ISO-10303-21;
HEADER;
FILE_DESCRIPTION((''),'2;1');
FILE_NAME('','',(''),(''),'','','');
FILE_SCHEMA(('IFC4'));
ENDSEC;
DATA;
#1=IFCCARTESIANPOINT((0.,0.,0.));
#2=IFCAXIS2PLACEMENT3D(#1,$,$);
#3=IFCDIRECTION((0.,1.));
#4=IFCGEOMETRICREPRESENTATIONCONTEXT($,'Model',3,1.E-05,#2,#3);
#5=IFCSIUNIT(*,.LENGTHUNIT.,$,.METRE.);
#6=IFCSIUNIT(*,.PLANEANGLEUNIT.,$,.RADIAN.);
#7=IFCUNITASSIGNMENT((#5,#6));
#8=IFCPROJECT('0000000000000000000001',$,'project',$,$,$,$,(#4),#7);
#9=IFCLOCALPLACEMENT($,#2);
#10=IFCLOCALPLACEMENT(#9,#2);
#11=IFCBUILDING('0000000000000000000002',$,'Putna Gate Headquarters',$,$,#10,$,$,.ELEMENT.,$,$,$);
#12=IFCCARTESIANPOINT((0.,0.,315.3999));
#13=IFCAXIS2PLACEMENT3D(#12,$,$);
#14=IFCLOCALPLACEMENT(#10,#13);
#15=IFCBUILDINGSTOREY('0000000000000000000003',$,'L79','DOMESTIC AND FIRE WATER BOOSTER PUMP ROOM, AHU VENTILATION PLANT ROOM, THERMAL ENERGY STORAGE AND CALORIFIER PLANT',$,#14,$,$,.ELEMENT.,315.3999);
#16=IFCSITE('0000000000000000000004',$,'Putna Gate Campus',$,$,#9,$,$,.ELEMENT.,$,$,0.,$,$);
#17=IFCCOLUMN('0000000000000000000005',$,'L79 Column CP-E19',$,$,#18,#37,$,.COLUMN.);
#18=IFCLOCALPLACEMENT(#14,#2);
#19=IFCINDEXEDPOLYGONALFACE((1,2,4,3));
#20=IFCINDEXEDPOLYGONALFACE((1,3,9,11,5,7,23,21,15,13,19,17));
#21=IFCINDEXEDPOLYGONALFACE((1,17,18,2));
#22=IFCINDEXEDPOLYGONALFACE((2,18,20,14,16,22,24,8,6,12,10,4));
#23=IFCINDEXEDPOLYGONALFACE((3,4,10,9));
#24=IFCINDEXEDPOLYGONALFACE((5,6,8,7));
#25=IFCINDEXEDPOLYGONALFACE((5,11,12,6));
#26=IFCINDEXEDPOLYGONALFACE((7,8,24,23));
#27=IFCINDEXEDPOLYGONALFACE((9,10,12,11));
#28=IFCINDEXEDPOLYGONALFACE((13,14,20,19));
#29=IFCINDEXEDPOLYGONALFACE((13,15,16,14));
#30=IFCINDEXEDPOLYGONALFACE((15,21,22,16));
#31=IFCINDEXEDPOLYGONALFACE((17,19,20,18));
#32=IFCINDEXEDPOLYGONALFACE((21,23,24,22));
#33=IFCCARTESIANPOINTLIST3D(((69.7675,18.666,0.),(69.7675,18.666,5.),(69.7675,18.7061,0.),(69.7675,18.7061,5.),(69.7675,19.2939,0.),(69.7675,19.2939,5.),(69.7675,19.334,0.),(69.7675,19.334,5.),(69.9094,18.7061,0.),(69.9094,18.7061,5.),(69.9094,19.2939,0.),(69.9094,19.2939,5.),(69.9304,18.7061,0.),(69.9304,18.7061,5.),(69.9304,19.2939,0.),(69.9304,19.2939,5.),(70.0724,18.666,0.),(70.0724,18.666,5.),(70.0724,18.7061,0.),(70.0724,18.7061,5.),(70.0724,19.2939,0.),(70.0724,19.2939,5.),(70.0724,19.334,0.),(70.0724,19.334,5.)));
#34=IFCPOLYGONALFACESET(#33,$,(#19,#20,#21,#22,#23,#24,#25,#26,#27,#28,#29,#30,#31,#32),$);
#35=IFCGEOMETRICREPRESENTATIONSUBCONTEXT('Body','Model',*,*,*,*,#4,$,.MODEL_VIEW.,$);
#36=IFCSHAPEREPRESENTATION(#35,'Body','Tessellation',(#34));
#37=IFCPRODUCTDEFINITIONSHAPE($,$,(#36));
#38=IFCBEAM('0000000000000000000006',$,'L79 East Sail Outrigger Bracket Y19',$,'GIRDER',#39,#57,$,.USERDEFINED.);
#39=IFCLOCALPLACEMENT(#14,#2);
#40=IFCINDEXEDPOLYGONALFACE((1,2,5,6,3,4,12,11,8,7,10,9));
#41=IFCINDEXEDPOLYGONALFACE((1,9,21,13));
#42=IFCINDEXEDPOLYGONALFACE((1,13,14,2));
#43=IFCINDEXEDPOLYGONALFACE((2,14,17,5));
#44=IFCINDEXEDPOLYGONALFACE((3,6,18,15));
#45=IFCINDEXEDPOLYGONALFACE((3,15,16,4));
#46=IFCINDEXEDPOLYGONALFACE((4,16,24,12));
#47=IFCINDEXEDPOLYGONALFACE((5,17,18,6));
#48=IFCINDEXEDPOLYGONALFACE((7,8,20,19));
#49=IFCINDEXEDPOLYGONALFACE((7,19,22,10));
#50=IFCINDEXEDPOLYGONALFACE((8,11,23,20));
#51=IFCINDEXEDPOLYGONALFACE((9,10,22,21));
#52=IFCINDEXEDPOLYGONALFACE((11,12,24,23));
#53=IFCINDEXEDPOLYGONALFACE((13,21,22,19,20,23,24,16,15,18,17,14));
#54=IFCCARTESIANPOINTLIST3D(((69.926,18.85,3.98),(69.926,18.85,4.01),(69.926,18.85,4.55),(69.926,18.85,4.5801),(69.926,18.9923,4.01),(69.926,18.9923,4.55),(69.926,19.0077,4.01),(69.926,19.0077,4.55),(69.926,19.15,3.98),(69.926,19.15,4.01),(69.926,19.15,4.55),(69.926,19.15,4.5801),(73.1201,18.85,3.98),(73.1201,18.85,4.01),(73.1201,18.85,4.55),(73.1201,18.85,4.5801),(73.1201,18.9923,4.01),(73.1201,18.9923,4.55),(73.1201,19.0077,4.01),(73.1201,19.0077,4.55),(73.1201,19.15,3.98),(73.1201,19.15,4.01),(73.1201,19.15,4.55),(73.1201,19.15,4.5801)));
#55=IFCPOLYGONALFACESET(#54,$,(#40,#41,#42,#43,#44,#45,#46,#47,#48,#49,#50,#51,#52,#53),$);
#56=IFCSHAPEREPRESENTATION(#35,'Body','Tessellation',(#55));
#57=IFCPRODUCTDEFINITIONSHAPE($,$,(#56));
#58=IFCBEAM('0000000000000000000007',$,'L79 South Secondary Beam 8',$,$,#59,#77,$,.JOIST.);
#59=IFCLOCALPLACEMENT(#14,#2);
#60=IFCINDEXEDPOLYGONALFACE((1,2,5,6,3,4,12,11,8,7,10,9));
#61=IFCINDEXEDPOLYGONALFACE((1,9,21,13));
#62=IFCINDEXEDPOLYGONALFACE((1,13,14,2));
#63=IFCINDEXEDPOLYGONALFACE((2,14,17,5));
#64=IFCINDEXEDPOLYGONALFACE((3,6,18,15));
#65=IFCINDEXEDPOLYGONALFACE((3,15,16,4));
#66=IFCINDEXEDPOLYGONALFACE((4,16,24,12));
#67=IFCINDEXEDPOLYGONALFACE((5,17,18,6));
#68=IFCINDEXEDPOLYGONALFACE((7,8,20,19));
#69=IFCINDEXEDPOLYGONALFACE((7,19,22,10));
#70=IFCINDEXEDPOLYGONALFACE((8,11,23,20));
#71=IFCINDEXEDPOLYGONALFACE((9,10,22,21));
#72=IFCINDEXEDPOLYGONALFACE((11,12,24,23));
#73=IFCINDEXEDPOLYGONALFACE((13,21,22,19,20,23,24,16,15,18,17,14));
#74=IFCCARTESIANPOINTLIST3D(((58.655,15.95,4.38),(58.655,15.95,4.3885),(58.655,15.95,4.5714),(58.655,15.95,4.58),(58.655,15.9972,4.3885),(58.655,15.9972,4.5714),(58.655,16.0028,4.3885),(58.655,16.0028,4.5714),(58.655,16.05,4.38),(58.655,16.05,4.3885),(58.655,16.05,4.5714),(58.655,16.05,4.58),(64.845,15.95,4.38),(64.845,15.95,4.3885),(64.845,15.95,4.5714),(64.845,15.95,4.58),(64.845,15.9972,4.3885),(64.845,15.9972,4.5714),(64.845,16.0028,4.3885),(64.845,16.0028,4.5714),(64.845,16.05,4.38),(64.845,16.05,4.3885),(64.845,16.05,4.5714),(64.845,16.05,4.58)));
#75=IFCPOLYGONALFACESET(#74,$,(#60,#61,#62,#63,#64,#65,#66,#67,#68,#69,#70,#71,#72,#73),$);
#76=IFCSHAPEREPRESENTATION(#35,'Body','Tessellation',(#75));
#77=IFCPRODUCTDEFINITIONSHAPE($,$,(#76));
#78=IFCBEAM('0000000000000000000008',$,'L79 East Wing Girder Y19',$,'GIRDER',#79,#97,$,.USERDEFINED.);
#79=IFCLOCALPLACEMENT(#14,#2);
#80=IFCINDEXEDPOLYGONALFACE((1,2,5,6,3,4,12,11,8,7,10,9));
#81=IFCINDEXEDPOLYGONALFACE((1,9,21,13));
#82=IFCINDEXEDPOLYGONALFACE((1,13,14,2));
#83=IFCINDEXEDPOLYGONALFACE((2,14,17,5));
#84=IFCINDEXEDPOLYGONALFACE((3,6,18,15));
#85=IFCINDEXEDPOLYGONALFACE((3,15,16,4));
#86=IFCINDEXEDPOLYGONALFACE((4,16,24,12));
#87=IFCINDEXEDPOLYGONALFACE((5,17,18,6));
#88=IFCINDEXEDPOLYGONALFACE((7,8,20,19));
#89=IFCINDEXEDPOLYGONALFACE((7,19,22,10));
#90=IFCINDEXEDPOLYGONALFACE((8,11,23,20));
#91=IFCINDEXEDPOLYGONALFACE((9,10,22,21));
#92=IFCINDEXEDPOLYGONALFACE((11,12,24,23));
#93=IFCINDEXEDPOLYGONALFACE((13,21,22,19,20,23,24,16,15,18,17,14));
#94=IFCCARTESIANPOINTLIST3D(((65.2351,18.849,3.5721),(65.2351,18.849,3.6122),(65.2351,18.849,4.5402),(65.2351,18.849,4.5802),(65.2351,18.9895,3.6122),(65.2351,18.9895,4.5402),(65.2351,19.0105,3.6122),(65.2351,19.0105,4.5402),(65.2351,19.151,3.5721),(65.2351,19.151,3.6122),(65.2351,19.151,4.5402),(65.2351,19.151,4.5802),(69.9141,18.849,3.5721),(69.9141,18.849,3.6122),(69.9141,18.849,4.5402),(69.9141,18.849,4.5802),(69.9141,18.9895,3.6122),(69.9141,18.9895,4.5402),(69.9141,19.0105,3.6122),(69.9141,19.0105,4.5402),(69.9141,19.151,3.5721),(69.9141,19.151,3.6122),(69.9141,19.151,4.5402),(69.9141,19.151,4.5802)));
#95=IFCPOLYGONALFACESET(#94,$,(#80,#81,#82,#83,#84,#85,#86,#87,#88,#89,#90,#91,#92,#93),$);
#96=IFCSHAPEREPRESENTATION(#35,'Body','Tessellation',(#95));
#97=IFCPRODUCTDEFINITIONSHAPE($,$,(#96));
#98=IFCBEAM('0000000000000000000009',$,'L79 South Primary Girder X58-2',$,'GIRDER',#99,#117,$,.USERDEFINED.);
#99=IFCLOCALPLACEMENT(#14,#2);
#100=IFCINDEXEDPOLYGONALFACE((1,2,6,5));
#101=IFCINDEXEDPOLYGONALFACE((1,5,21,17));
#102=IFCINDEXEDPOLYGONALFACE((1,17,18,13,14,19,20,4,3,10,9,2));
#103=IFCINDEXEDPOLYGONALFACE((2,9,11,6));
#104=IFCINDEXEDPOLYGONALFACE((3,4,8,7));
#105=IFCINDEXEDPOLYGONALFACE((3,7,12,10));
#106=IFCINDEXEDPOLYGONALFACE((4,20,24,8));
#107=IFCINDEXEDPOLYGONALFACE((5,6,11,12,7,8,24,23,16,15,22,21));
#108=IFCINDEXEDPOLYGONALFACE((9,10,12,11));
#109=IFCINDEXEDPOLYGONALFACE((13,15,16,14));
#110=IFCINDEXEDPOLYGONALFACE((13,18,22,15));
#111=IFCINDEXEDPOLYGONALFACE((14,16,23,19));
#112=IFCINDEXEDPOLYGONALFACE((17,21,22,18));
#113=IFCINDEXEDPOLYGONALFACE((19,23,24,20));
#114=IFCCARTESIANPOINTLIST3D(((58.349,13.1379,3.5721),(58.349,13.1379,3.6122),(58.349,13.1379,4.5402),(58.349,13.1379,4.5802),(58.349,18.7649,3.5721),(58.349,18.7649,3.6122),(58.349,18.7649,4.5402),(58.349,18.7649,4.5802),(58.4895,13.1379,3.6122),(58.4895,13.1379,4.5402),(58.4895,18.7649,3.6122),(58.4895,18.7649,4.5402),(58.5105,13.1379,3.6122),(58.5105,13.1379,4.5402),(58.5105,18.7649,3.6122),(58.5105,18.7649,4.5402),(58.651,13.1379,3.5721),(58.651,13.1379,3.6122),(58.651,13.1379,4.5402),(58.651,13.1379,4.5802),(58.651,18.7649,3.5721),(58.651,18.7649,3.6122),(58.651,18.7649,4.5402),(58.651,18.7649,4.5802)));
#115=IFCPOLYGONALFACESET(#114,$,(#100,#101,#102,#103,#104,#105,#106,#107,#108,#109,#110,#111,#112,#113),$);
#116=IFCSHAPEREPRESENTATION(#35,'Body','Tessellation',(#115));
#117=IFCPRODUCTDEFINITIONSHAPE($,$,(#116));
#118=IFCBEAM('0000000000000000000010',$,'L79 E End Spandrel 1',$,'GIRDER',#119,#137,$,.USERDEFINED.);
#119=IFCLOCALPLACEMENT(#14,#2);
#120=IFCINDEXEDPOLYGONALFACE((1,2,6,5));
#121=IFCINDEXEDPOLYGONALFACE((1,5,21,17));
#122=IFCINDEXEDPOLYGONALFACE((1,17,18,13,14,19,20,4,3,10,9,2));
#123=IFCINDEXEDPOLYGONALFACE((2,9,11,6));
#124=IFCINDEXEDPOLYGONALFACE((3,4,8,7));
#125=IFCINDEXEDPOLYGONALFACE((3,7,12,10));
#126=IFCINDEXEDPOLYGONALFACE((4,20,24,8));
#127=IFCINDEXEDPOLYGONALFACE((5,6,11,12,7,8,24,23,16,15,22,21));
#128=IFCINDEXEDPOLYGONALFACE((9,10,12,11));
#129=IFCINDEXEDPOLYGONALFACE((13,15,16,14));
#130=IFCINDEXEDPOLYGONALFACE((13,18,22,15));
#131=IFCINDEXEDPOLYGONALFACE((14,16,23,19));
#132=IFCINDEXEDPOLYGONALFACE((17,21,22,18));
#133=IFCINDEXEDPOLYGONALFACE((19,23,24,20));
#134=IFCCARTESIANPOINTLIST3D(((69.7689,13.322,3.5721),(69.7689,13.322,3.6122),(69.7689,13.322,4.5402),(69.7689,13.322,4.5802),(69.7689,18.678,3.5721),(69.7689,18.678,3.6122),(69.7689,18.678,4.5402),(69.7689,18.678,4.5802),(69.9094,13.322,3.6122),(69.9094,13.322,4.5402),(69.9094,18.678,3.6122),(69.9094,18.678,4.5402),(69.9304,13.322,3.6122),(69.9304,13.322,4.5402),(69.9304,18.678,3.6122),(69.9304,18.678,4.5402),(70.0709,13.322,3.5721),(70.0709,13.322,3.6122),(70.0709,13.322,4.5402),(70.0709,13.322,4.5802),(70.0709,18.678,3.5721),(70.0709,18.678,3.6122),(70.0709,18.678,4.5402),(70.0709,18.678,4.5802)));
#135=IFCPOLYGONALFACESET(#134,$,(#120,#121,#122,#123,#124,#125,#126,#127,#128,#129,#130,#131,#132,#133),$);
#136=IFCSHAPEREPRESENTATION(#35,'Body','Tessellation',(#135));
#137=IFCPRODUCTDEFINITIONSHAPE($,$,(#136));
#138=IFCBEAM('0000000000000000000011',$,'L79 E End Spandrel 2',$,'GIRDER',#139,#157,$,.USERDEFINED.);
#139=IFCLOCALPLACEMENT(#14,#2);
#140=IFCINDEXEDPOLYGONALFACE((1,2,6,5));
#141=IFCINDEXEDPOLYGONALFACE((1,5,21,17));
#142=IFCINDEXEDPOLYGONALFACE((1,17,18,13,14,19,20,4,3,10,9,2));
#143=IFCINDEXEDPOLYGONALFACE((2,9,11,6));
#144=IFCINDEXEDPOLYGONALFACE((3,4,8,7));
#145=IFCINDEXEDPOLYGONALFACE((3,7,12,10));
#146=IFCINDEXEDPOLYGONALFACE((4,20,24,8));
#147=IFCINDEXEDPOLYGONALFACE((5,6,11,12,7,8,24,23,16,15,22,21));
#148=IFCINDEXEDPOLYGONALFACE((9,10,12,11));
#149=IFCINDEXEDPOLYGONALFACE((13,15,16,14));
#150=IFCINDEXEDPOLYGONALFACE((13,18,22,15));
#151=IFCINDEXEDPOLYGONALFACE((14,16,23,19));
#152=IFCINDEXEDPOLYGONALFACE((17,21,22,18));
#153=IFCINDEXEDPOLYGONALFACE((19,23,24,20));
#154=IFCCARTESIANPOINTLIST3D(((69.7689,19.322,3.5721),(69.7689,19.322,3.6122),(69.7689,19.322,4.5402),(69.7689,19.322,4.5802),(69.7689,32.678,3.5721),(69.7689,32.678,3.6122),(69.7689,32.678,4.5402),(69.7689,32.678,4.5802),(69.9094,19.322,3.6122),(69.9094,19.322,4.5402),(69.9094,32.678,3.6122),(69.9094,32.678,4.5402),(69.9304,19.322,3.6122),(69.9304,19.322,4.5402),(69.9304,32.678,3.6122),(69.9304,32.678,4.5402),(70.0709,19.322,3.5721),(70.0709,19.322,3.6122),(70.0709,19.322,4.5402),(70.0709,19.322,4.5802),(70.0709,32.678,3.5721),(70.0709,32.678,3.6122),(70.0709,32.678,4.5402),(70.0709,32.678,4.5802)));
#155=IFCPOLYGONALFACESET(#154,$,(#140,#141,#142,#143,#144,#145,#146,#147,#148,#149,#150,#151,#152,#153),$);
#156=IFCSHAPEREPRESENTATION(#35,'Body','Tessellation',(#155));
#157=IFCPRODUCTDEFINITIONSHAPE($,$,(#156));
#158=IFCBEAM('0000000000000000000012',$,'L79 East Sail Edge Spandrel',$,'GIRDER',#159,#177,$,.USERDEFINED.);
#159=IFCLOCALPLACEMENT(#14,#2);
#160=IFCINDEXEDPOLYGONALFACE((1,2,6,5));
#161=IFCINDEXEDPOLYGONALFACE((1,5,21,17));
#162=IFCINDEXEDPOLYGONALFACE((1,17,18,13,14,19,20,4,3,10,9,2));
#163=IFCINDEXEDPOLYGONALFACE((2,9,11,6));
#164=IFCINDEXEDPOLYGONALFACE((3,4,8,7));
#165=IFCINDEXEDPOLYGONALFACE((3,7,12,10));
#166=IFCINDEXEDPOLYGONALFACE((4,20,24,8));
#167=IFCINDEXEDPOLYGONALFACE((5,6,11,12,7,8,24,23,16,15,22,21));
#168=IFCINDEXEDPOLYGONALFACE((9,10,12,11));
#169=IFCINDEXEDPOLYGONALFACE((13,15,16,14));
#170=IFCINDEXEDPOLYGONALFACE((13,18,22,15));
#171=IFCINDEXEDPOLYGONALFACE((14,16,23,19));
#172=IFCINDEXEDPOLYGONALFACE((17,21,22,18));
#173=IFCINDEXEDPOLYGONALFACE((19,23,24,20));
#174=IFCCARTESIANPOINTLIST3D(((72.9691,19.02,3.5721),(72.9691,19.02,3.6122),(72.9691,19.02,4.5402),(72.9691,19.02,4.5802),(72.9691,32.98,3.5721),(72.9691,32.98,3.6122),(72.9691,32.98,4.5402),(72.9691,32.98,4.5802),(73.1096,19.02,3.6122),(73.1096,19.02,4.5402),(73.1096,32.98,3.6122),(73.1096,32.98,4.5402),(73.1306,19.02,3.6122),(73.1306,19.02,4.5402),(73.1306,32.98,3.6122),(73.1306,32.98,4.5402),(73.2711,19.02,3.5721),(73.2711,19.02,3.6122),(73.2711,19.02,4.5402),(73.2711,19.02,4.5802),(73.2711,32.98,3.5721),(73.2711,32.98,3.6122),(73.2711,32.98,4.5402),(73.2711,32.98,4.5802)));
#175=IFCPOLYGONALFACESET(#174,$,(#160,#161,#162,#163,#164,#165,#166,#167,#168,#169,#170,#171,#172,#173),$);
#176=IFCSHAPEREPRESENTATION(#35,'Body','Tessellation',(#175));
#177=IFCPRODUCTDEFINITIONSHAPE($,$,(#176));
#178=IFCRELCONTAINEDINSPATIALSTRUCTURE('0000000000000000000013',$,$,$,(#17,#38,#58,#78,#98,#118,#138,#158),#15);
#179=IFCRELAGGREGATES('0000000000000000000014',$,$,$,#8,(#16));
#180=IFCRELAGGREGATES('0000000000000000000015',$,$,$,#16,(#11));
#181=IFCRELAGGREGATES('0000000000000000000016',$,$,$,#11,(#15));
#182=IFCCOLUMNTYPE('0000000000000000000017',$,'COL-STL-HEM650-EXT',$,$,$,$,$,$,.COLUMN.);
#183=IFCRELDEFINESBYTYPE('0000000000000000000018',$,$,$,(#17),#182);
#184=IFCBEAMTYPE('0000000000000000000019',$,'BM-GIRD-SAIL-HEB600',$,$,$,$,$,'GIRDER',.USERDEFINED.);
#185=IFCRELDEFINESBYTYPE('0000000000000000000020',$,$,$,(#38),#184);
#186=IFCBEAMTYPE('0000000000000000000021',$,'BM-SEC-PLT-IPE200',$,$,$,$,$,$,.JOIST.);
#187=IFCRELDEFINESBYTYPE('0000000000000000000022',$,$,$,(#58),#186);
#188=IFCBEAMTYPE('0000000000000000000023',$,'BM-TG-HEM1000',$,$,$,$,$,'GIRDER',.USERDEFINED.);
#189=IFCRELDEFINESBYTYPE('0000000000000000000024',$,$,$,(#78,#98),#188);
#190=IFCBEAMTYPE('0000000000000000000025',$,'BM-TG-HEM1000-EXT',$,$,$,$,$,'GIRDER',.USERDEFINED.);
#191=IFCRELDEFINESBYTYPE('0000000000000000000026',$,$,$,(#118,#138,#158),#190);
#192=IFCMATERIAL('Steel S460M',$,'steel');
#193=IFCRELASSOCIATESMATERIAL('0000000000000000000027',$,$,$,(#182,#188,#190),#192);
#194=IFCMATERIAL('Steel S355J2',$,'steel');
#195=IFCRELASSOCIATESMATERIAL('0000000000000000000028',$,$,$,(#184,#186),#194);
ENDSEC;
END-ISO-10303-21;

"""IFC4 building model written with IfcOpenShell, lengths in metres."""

from ifc_helpers import new_model, si_unit, direction, frame, origin, origin_2d, place, context, subcontext, project, spatial, i_section, extrude, material, material_profile, profile_set, type_object, element, save


model = new_model("IFC4")

# Units and contexts
model_context = context("Model", 3, precision=1e-05, world=origin(), true_north=direction((0.0, 1.0)))
body_context = subcontext(model_context, "Body", "Model", "MODEL_VIEW")
ifc_project = project(units=[si_unit("LENGTHUNIT", "METRE"), si_unit("PLANEANGLEUNIT", "RADIAN")], contexts=[model_context])

# Site, building, storey
site_placement = place(None, origin())
site = spatial("IfcSite", under=ifc_project, at=site_placement, Name="Putna Gate Campus", CompositionType="ELEMENT", RefElevation=0.0)
building_placement = place(site_placement, origin())
building = spatial("IfcBuilding", under=site, at=building_placement, Name="Putna Gate Headquarters", CompositionType="ELEMENT")
storey_placement = place(building_placement, frame((0.0, 0.0, 315.3999)))
storey = spatial("IfcBuildingStorey", under=building, at=storey_placement, Name="L79", Description="DOMESTIC AND FIRE WATER BOOSTER PUMP ROOM, AHU VENTILATION PLANT ROOM, THERMAL ENERGY STORAGE AND CALORIFIER PLANT", CompositionType="ELEMENT", Elevation=315.3999)

# Column
ifc_material_1 = material(Name="Steel S460M", Category="steel")
ifc_material_profile_1 = material_profile(ifc_material_1, i_section(OverallWidth=0.3049, OverallDepth=0.668, WebThickness=0.021, FlangeThickness=0.04, at=origin_2d()), Name="Steel S460M")
ifc_profile_set_1 = profile_set([ifc_material_profile_1], Name="Steel S460M")
column_type = type_object("IfcColumnType", Name="COL-STL-HEM650-EXT", PredefinedType="COLUMN", material=ifc_profile_set_1)
column_placement = place(storey_placement, frame((69.9199, 19.0, 0.0), z_axis=(0.0, 0.0, 1.0), x_axis=(1.0, 0.0, 0.0)))
element("IfcColumn", 1, at=column_placement, inside=storey, type_object=column_type, Name="L79 Column CP-E19", PredefinedType="COLUMN", context=body_context, shape_type="SweptSolid", body=[
    extrude(i_section(OverallWidth=0.3049, OverallDepth=0.668, WebThickness=0.021, FlangeThickness=0.04, at=origin_2d()), origin(), (0.0, 0.0, 1.0), 5.0),
])

# Beams
ifc_material_2 = material(Name="Steel S355J2", Category="steel")
ifc_material_profile_2 = material_profile(ifc_material_2, i_section(OverallWidth=0.3, OverallDepth=0.6001, WebThickness=0.0154, FlangeThickness=0.03, at=origin_2d()), Name="Steel S355J2")
ifc_profile_set_2 = profile_set([ifc_material_profile_2], Name="Steel S355J2")
beam_type_1 = type_object("IfcBeamType", Name="BM-GIRD-SAIL-HEB600", ElementType="GIRDER", PredefinedType="USERDEFINED", material=ifc_profile_set_2)
beam_1_placement = place(storey_placement, frame((69.926, 19.0, 4.28), z_axis=(1.0, 0.0, 0.0), x_axis=(0.0, 1.0, 0.0)))
element("IfcBeam", 2, at=beam_1_placement, inside=storey, type_object=beam_type_1, Name="L79 East Sail Outrigger Bracket Y19", ObjectType="GIRDER", PredefinedType="USERDEFINED", context=body_context, shape_type="SweptSolid", body=[
    extrude(i_section(OverallWidth=0.3, OverallDepth=0.6001, WebThickness=0.0154, FlangeThickness=0.03, at=origin_2d()), origin(), (0.0, 0.0, 1.0), 3.1941),
])
ifc_material_profile_3 = material_profile(ifc_material_2, i_section(OverallWidth=0.1001, OverallDepth=0.2, WebThickness=0.0056, FlangeThickness=0.0085, at=origin_2d()), Name="Steel S355J2")
ifc_profile_set_3 = profile_set([ifc_material_profile_3], Name="Steel S355J2")
beam_type_2 = type_object("IfcBeamType", Name="BM-SEC-PLT-IPE200", PredefinedType="JOIST", material=ifc_profile_set_3)
beam_2_placement = place(storey_placement, frame((58.655, 16.0, 4.48), z_axis=(1.0, 0.0, 0.0), x_axis=(0.0, 1.0, 0.0)))
element("IfcBeam", 3, at=beam_2_placement, inside=storey, type_object=beam_type_2, Name="L79 South Secondary Beam 8", PredefinedType="JOIST", context=body_context, shape_type="SweptSolid", body=[
    extrude(i_section(OverallWidth=0.1001, OverallDepth=0.2, WebThickness=0.0056, FlangeThickness=0.0085, at=origin_2d()), origin(), (0.0, 0.0, 1.0), 6.1899),
])
ifc_material_profile_4 = material_profile(ifc_material_1, i_section(OverallWidth=0.302, OverallDepth=1.0081, WebThickness=0.021, FlangeThickness=0.04, at=origin_2d()), Name="Steel S460M")
ifc_profile_set_4 = profile_set([ifc_material_profile_4], Name="Steel S460M")
beam_type_3 = type_object("IfcBeamType", Name="BM-TG-HEM1000", ElementType="GIRDER", PredefinedType="USERDEFINED", material=ifc_profile_set_4)
beam_3_placement = place(storey_placement, frame((65.2351, 19.0, 4.0762), z_axis=(1.0, 0.0, 0.0), x_axis=(0.0, 1.0, 0.0)))
element("IfcBeam", 4, at=beam_3_placement, inside=storey, type_object=beam_type_3, Name="L79 East Wing Girder Y19", ObjectType="GIRDER", PredefinedType="USERDEFINED", context=body_context, shape_type="SweptSolid", body=[
    extrude(i_section(OverallWidth=0.302, OverallDepth=1.0081, WebThickness=0.021, FlangeThickness=0.04, at=origin_2d()), origin(), (0.0, 0.0, 1.0), 4.679),
])
beam_4_placement = place(storey_placement, frame((58.5, 13.1379, 4.0762), z_axis=(0.0, 1.0, 0.0), x_axis=(-1.0, 0.0, 0.0)))
element("IfcBeam", 5, at=beam_4_placement, inside=storey, type_object=beam_type_3, Name="L79 South Primary Girder X58-2", ObjectType="GIRDER", PredefinedType="USERDEFINED", context=body_context, shape_type="SweptSolid", body=[
    extrude(i_section(OverallWidth=0.302, OverallDepth=1.0081, WebThickness=0.021, FlangeThickness=0.04, at=origin_2d()), origin(), (0.0, 0.0, 1.0), 5.627),
])
ifc_material_profile_5 = material_profile(ifc_material_1, i_section(OverallWidth=0.302, OverallDepth=1.0081, WebThickness=0.021, FlangeThickness=0.04, at=origin_2d()), Name="Steel S460M")
ifc_profile_set_5 = profile_set([ifc_material_profile_5], Name="Steel S460M")
beam_type_4 = type_object("IfcBeamType", Name="BM-TG-HEM1000-EXT", ElementType="GIRDER", PredefinedType="USERDEFINED", material=ifc_profile_set_5)
beam_5_placement = place(storey_placement, frame((69.9199, 13.322, 4.0762), z_axis=(0.0, 1.0, 0.0), x_axis=(-1.0, 0.0, 0.0)))
element("IfcBeam", 6, at=beam_5_placement, inside=storey, type_object=beam_type_4, Name="L79 E End Spandrel 1", ObjectType="GIRDER", PredefinedType="USERDEFINED", context=body_context, shape_type="SweptSolid", body=[
    extrude(i_section(OverallWidth=0.302, OverallDepth=1.0081, WebThickness=0.021, FlangeThickness=0.04, at=origin_2d()), origin(), (0.0, 0.0, 1.0), 5.356),
])
beam_6_placement = place(storey_placement, frame((69.9199, 19.322, 4.0762), z_axis=(0.0, 1.0, 0.0), x_axis=(-1.0, 0.0, 0.0)))
element("IfcBeam", 7, at=beam_6_placement, inside=storey, type_object=beam_type_4, Name="L79 E End Spandrel 2", ObjectType="GIRDER", PredefinedType="USERDEFINED", context=body_context, shape_type="SweptSolid", body=[
    extrude(i_section(OverallWidth=0.302, OverallDepth=1.0081, WebThickness=0.021, FlangeThickness=0.04, at=origin_2d()), origin(), (0.0, 0.0, 1.0), 13.356),
])
beam_7_placement = place(storey_placement, frame((73.1201, 19.02, 4.0762), z_axis=(0.0, 1.0, 0.0), x_axis=(-1.0, 0.0, 0.0)))
element("IfcBeam", 8, at=beam_7_placement, inside=storey, type_object=beam_type_4, Name="L79 East Sail Edge Spandrel", ObjectType="GIRDER", PredefinedType="USERDEFINED", context=body_context, shape_type="SweptSolid", body=[
    extrude(i_section(OverallWidth=0.302, OverallDepth=1.0081, WebThickness=0.021, FlangeThickness=0.04, at=origin_2d()), origin(), (0.0, 0.0, 1.0), 13.96),
])

save(model, "model.ifc")
